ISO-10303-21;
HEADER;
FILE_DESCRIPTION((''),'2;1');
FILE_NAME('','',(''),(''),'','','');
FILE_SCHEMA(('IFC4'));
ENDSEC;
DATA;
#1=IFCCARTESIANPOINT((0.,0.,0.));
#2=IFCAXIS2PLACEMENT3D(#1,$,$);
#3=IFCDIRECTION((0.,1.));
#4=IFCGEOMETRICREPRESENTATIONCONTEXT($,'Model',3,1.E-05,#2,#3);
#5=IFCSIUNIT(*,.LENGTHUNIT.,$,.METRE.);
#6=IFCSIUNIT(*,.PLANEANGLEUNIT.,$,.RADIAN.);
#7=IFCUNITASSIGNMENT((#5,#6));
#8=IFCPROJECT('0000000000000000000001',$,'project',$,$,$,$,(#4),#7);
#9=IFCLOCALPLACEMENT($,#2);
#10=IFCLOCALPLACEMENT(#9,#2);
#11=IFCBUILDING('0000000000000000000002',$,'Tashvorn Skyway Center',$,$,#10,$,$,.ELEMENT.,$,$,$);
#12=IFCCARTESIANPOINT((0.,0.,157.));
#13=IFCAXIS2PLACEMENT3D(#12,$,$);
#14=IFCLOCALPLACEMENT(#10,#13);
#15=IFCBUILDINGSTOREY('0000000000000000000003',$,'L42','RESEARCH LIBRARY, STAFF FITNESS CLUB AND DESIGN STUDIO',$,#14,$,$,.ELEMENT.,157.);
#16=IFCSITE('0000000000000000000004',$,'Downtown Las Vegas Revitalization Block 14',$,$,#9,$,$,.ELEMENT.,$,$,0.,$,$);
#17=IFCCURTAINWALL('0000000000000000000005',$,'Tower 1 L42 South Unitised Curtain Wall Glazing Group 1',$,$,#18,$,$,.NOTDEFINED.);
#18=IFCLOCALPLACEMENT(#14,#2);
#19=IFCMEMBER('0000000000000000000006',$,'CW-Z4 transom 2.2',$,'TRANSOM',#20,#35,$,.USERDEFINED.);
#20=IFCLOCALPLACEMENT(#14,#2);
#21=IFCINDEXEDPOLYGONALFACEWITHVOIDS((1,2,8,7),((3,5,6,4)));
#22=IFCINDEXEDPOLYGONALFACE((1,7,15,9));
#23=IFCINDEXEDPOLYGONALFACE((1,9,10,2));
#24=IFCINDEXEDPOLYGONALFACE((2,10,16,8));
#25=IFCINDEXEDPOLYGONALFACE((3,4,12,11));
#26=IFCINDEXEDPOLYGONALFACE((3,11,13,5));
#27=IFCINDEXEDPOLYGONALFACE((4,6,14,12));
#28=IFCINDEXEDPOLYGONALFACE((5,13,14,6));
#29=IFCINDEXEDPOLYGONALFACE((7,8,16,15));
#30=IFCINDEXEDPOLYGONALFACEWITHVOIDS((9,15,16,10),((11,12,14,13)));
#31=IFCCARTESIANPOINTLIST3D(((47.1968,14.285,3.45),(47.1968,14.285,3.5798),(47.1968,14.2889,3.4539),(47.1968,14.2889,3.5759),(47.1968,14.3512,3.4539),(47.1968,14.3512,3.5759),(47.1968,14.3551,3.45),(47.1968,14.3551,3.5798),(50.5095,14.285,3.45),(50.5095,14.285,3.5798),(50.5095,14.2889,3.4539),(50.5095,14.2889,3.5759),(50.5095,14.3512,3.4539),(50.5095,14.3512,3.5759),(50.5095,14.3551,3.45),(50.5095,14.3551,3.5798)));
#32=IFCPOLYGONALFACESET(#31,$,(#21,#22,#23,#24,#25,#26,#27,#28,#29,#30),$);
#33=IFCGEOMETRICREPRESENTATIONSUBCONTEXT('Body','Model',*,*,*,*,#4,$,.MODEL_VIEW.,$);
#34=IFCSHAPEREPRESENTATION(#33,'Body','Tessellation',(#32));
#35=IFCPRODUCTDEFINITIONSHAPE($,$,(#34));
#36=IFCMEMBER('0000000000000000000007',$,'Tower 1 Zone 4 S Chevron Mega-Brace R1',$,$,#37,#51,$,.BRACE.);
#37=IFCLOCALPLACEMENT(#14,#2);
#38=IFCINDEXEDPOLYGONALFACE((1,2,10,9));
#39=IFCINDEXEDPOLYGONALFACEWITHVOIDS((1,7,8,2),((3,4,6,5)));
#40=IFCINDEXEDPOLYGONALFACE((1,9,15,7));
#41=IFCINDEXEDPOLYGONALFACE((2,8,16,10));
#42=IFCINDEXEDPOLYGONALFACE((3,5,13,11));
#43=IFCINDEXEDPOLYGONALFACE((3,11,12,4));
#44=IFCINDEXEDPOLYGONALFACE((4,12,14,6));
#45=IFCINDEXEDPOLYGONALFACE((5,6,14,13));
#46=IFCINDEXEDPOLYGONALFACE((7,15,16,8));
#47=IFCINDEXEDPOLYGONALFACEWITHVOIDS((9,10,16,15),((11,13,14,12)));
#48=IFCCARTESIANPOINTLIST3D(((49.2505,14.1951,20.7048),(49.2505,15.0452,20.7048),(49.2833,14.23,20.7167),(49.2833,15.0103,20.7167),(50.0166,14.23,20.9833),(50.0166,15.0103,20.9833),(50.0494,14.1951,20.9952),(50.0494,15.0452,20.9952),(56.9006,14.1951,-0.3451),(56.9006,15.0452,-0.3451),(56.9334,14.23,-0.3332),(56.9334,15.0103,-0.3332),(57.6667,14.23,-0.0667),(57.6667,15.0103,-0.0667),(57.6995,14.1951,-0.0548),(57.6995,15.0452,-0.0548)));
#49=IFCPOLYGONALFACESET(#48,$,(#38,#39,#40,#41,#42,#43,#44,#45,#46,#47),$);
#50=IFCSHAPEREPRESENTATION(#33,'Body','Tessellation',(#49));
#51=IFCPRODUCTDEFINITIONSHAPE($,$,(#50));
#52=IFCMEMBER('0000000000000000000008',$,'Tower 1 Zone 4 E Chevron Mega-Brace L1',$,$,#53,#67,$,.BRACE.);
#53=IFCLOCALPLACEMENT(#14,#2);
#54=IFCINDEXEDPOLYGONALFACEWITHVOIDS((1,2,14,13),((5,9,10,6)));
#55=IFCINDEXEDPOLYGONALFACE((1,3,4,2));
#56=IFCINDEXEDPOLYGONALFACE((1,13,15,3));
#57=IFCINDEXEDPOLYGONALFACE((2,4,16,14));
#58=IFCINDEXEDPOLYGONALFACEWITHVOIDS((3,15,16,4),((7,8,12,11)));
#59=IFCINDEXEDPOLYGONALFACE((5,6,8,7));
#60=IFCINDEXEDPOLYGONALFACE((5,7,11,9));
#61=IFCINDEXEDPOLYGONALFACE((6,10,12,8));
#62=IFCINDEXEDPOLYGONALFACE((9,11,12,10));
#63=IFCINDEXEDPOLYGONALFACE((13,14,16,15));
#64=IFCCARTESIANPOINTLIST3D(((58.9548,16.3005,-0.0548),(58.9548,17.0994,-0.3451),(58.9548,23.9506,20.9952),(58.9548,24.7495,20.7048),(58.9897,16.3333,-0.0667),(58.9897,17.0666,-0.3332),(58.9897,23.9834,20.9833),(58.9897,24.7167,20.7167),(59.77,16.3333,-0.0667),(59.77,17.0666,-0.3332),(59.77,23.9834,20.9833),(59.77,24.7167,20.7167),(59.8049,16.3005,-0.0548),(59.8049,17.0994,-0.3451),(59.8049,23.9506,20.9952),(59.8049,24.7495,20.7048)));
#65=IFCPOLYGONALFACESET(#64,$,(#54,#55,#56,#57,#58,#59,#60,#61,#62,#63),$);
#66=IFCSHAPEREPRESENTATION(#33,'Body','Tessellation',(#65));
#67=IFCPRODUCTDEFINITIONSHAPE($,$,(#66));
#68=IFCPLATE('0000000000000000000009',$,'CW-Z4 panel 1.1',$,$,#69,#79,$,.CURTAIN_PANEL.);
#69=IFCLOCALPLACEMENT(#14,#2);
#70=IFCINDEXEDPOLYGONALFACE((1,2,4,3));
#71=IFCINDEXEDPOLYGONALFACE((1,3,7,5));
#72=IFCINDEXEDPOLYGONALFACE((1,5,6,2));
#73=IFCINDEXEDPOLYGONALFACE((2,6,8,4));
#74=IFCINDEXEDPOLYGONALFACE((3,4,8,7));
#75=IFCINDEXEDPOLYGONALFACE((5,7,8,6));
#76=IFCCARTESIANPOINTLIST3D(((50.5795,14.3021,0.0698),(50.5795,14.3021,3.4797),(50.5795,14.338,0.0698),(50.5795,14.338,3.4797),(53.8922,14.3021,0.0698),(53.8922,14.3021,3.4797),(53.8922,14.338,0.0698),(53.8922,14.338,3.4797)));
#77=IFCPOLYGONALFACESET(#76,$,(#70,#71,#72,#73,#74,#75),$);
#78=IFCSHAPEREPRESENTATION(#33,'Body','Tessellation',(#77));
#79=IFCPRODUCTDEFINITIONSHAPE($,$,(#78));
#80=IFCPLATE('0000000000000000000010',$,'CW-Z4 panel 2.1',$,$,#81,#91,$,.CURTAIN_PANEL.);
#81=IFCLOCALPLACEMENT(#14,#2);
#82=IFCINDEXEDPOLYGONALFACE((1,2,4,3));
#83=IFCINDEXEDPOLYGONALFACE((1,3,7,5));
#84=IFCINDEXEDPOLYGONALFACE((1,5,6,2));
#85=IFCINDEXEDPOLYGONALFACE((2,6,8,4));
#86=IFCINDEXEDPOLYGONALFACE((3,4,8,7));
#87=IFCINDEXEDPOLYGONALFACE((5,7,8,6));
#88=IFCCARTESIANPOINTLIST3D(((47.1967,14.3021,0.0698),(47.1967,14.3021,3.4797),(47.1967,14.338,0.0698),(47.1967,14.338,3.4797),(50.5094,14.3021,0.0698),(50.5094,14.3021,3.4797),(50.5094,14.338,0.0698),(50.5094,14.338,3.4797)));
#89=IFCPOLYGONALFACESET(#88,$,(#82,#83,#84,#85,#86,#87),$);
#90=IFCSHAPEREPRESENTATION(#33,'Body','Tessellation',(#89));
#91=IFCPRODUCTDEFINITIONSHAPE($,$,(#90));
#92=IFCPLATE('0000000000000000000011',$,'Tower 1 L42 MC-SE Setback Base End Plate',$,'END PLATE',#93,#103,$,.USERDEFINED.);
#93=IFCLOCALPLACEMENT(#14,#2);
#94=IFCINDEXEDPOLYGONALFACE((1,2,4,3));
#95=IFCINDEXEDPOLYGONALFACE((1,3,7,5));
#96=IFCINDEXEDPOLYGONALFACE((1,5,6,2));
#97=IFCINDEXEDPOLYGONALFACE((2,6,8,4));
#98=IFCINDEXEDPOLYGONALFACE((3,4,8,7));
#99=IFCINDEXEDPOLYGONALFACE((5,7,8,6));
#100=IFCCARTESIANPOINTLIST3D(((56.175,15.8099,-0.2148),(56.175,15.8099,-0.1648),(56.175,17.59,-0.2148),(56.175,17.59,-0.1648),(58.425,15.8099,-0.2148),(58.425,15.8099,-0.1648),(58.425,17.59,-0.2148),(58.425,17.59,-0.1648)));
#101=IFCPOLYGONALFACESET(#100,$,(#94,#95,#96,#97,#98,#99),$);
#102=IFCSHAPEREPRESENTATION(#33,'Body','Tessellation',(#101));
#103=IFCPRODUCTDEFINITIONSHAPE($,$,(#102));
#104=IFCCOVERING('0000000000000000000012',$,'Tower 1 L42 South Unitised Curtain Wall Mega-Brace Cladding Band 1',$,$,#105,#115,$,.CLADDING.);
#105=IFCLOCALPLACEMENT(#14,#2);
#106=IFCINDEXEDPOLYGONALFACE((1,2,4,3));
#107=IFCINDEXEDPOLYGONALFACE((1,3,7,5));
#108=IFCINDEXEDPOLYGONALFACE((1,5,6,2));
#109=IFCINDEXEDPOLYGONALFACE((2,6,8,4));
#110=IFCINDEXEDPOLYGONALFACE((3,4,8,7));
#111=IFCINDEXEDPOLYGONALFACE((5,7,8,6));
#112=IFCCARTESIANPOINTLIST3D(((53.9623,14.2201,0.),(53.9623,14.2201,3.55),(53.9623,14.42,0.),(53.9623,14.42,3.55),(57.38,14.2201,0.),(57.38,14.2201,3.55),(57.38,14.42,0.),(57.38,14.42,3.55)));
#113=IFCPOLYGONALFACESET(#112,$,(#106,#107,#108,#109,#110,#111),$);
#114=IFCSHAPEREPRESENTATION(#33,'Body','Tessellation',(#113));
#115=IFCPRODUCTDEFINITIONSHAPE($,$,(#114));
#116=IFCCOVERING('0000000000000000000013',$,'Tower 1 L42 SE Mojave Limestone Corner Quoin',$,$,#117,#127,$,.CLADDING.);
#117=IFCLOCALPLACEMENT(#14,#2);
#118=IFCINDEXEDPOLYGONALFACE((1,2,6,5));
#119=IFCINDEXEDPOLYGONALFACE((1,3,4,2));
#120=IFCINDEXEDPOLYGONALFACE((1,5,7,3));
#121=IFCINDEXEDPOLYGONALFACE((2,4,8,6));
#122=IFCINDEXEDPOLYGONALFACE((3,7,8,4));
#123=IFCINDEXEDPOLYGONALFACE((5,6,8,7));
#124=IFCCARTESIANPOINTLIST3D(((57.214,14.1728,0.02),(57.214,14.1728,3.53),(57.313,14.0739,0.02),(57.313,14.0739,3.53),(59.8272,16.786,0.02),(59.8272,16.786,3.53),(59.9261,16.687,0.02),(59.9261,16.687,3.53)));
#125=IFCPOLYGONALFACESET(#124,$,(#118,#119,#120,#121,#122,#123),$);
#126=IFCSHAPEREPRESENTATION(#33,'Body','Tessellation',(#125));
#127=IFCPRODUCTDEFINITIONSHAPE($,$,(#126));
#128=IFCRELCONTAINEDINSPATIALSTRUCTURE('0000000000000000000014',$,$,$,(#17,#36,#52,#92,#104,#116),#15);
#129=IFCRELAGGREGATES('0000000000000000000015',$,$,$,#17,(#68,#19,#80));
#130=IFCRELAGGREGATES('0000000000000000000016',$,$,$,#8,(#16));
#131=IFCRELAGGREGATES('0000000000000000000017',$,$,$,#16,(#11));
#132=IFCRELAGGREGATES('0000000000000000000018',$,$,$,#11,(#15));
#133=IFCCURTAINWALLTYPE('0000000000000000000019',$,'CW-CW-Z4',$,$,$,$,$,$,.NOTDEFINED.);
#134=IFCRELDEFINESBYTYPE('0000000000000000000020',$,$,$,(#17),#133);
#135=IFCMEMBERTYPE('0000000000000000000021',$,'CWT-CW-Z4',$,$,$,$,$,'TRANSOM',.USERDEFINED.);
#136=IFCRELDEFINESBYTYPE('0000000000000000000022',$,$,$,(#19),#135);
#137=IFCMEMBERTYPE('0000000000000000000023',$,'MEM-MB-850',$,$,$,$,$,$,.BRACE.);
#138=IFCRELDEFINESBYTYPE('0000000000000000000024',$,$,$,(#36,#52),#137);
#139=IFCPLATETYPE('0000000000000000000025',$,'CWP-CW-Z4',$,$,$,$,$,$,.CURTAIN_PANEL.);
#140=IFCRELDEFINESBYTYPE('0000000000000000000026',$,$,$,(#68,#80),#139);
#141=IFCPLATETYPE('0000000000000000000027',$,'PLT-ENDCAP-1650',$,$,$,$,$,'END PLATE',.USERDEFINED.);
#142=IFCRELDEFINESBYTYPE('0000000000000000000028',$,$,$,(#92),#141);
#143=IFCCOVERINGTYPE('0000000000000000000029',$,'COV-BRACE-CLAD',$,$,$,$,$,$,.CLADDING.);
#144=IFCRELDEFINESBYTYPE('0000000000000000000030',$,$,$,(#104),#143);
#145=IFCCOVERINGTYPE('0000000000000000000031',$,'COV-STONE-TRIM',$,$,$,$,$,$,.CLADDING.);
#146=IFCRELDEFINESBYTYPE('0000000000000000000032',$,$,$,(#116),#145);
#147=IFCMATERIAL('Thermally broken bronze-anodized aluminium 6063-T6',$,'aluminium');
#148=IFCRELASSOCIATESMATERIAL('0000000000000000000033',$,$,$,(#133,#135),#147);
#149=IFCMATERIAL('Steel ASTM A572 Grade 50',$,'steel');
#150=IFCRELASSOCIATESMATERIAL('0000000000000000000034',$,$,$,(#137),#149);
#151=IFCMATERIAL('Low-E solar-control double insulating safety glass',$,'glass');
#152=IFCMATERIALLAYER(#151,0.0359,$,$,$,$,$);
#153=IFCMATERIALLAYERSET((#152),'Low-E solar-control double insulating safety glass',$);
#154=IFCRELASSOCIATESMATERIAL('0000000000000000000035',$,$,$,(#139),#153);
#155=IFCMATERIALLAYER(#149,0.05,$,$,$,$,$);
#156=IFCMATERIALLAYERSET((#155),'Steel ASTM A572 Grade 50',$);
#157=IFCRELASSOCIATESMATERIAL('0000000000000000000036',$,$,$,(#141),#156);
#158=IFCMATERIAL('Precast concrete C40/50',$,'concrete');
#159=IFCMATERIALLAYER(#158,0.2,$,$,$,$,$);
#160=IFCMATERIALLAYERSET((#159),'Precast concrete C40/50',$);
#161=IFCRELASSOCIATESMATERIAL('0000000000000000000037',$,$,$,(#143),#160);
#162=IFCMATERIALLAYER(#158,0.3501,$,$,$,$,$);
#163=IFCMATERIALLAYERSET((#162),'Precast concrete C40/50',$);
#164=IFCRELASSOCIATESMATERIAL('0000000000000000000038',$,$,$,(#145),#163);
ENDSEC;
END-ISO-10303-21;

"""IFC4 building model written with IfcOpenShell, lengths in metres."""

from ifc_helpers import new_model, si_unit, direction, frame, origin, origin_2d, place, context, subcontext, project, spatial, rectangle, hollow_rectangle, extrude, material, layer, layer_set, material_profile, profile_set, type_object, element, aggregate, save


model = new_model("IFC4")

# Units and contexts
model_context = context("Model", 3, precision=1e-05, world=origin(), true_north=direction((0.0, 1.0)))
body_context = subcontext(model_context, "Body", "Model", "MODEL_VIEW")
ifc_project = project(units=[si_unit("LENGTHUNIT", "METRE"), si_unit("PLANEANGLEUNIT", "RADIAN")], contexts=[model_context])

# Site, building, storey
site_placement = place(None, origin())
site = spatial("IfcSite", under=ifc_project, at=site_placement, Name="Downtown Las Vegas Revitalization Block 14", CompositionType="ELEMENT", RefElevation=0.0)
building_placement = place(site_placement, origin())
building = spatial("IfcBuilding", under=site, at=building_placement, Name="Tashvorn Skyway Center", CompositionType="ELEMENT")
storey_placement = place(building_placement, frame((0.0, 0.0, 157.0)))
storey = spatial("IfcBuildingStorey", under=building, at=storey_placement, Name="L42", Description="RESEARCH LIBRARY, STAFF FITNESS CLUB AND DESIGN STUDIO", CompositionType="ELEMENT", Elevation=157.0)

# Shared definitions
ifc_material_1 = material(Name="Steel ASTM A572 Grade 50", Category="steel")

# Curtain wall, member
ifc_material_2 = material(Name="Thermally broken bronze-anodized aluminium 6063-T6", Category="aluminium")
curtain_wall_type = type_object("IfcCurtainWallType", Name="CW-CW-Z4", PredefinedType="NOTDEFINED", material=ifc_material_2)
curtain_wall_placement = place(storey_placement, origin())
curtain_wall = element("IfcCurtainWall", 1, at=curtain_wall_placement, inside=storey, type_object=curtain_wall_type, Name="Tower 1 L42 South Unitised Curtain Wall Glazing Group 1", PredefinedType="NOTDEFINED")
ifc_material_profile_1 = material_profile(ifc_material_2, hollow_rectangle(XDim=0.0701, YDim=0.1299, WallThickness=0.0039, at=origin_2d()), Name="ALU-TRAN-70x130")
ifc_profile_set_1 = profile_set([ifc_material_profile_1], Name="Thermally broken bronze-anodized aluminium 6063-T6")
member_type_1 = type_object("IfcMemberType", Name="CWT-CW-Z4", ElementType="TRANSOM", PredefinedType="USERDEFINED", material=ifc_profile_set_1)
member_1_placement = place(storey_placement, frame((50.5095, 14.3201, 3.5149), z_axis=(-1.0, 0.0, 0.0), x_axis=(0.0, -1.0, 0.0)))
member_1 = element("IfcMember", 2, at=member_1_placement, type_object=member_type_1, Name="CW-Z4 transom 2.2", ObjectType="TRANSOM", PredefinedType="USERDEFINED", context=body_context, shape_type="SweptSolid", body=[
    extrude(hollow_rectangle(XDim=0.0701, YDim=0.1299, WallThickness=0.0039, at=origin_2d()), origin(), (0.0, 0.0, 1.0), 3.3127),
])

# Members
ifc_material_profile_2 = material_profile(ifc_material_1, hollow_rectangle(XDim=0.8501, YDim=0.8501, WallThickness=0.0349, at=origin_2d()), Name="BOX850x850x35")
ifc_profile_set_2 = profile_set([ifc_material_profile_2], Name="Steel ASTM A572 Grade 50")
member_type_2 = type_object("IfcMemberType", Name="MEM-MB-850", PredefinedType="BRACE", material=ifc_profile_set_2)
for number, where, z_axis, x_axis, name in (
    (3, (57.3, 14.6201, -0.2), (-0.341569, 0.0, 0.939857), (0.0, -1.0, 0.0), "Tower 1 Zone 4 S Chevron Mega-Brace R1"),
    (4, (59.3799, 16.7, -0.2), (0.0, 0.341569, 0.939857), (-1.0, 0.0, 0.0), "Tower 1 Zone 4 E Chevron Mega-Brace L1"),
):
    element("IfcMember", number, at=place(storey_placement, frame(where, z_axis=z_axis, x_axis=x_axis)), inside=storey, type_object=member_type_2, Name=name, PredefinedType="BRACE", context=body_context, shape_type="SweptSolid", body=[
        extrude(hollow_rectangle(XDim=0.8501, YDim=0.8501, WallThickness=0.0349, at=origin_2d()), origin(), (0.0, 0.0, 1.0), 22.397),
    ])

# Plates
ifc_material_3 = material(Name="Low-E solar-control double insulating safety glass", Category="glass")
ifc_layer_1 = layer(ifc_material_3, 0.0359)
ifc_layer_set_1 = layer_set([ifc_layer_1], Name="Low-E solar-control double insulating safety glass")
plate_type_1 = type_object("IfcPlateType", Name="CWP-CW-Z4", PredefinedType="CURTAIN_PANEL", material=ifc_layer_set_1)
plate_1_placement = place(storey_placement, frame((52.2358, 14.3201, 0.0698), z_axis=(0.0, 0.0, 1.0), x_axis=(-1.0, 0.0, 0.0)))
plate_1 = element("IfcPlate", 5, at=plate_1_placement, type_object=plate_type_1, Name="CW-Z4 panel 1.1", PredefinedType="CURTAIN_PANEL", context=body_context, shape_type="SweptSolid", body=[
    extrude(rectangle(XDim=3.3127, YDim=0.0359, at=origin_2d()), origin(), (0.0, 0.0, 1.0), 3.4099),
])
plate_2_placement = place(storey_placement, frame((48.853, 14.3201, 0.0698), z_axis=(0.0, 0.0, 1.0), x_axis=(-1.0, 0.0, 0.0)))
plate_2 = element("IfcPlate", 6, at=plate_2_placement, type_object=plate_type_1, Name="CW-Z4 panel 2.1", PredefinedType="CURTAIN_PANEL", context=body_context, shape_type="SweptSolid", body=[
    extrude(rectangle(XDim=3.3127, YDim=0.0359, at=origin_2d()), origin(), (0.0, 0.0, 1.0), 3.4099),
])
aggregate(curtain_wall, [plate_1, member_1, plate_2])
ifc_layer_2 = layer(ifc_material_1, 0.05)
ifc_layer_set_2 = layer_set([ifc_layer_2], Name="Steel ASTM A572 Grade 50")
plate_type_2 = type_object("IfcPlateType", Name="PLT-ENDCAP-1650", ElementType="END PLATE", PredefinedType="USERDEFINED", material=ifc_layer_set_2)
plate_3_placement = place(storey_placement, frame((57.3, 16.7, -0.2148), z_axis=(0.0, 0.0, 1.0), x_axis=(1.0, 0.0, 0.0)))
element("IfcPlate", 7, at=plate_3_placement, inside=storey, type_object=plate_type_2, Name="Tower 1 L42 MC-SE Setback Base End Plate", ObjectType="END PLATE", PredefinedType="USERDEFINED", context=body_context, shape_type="SweptSolid", body=[
    extrude(rectangle(XDim=2.25, YDim=1.78, at=origin_2d()), origin(), (0.0, 0.0, 1.0), 0.05),
])

# Coverings
ifc_material_4 = material(Name="Precast concrete C40/50", Category="concrete")
ifc_layer_3 = layer(ifc_material_4, 0.2)
ifc_layer_set_3 = layer_set([ifc_layer_3], Name="Precast concrete C40/50")
covering_type_1 = type_object("IfcCoveringType", Name="COV-BRACE-CLAD", PredefinedType="CLADDING", material=ifc_layer_set_3)
covering_1_placement = place(storey_placement, frame((55.6711, 14.3201, 0.0), z_axis=(0.0, 0.0, 1.0), x_axis=(-1.0, 0.0, 0.0)))
element("IfcCovering", 8, at=covering_1_placement, inside=storey, type_object=covering_type_1, Name="Tower 1 L42 South Unitised Curtain Wall Mega-Brace Cladding Band 1", PredefinedType="CLADDING", context=body_context, shape_type="SweptSolid", body=[
    extrude(rectangle(XDim=3.4177, YDim=0.2, at=origin_2d()), origin(), (0.0, 0.0, 1.0), 3.55),
])
ifc_layer_4 = layer(ifc_material_4, 0.3501)
ifc_layer_set_4 = layer_set([ifc_layer_4], Name="Precast concrete C40/50")
covering_type_2 = type_object("IfcCoveringType", Name="COV-STONE-TRIM", PredefinedType="CLADDING", material=ifc_layer_set_4)
covering_2_placement = place(storey_placement, frame((58.5701, 15.4299, 0.02), z_axis=(0.0, 0.0, 1.0), x_axis=(0.707107, 0.707107, 0.0)))
element("IfcCovering", 9, at=covering_2_placement, inside=storey, type_object=covering_type_2, Name="Tower 1 L42 SE Mojave Limestone Corner Quoin", PredefinedType="CLADDING", context=body_context, shape_type="SweptSolid", body=[
    extrude(rectangle(XDim=3.6956, YDim=0.1399, at=origin_2d()), origin(), (0.0, 0.0, 1.0), 3.51),
])

save(model, "model.ifc")
